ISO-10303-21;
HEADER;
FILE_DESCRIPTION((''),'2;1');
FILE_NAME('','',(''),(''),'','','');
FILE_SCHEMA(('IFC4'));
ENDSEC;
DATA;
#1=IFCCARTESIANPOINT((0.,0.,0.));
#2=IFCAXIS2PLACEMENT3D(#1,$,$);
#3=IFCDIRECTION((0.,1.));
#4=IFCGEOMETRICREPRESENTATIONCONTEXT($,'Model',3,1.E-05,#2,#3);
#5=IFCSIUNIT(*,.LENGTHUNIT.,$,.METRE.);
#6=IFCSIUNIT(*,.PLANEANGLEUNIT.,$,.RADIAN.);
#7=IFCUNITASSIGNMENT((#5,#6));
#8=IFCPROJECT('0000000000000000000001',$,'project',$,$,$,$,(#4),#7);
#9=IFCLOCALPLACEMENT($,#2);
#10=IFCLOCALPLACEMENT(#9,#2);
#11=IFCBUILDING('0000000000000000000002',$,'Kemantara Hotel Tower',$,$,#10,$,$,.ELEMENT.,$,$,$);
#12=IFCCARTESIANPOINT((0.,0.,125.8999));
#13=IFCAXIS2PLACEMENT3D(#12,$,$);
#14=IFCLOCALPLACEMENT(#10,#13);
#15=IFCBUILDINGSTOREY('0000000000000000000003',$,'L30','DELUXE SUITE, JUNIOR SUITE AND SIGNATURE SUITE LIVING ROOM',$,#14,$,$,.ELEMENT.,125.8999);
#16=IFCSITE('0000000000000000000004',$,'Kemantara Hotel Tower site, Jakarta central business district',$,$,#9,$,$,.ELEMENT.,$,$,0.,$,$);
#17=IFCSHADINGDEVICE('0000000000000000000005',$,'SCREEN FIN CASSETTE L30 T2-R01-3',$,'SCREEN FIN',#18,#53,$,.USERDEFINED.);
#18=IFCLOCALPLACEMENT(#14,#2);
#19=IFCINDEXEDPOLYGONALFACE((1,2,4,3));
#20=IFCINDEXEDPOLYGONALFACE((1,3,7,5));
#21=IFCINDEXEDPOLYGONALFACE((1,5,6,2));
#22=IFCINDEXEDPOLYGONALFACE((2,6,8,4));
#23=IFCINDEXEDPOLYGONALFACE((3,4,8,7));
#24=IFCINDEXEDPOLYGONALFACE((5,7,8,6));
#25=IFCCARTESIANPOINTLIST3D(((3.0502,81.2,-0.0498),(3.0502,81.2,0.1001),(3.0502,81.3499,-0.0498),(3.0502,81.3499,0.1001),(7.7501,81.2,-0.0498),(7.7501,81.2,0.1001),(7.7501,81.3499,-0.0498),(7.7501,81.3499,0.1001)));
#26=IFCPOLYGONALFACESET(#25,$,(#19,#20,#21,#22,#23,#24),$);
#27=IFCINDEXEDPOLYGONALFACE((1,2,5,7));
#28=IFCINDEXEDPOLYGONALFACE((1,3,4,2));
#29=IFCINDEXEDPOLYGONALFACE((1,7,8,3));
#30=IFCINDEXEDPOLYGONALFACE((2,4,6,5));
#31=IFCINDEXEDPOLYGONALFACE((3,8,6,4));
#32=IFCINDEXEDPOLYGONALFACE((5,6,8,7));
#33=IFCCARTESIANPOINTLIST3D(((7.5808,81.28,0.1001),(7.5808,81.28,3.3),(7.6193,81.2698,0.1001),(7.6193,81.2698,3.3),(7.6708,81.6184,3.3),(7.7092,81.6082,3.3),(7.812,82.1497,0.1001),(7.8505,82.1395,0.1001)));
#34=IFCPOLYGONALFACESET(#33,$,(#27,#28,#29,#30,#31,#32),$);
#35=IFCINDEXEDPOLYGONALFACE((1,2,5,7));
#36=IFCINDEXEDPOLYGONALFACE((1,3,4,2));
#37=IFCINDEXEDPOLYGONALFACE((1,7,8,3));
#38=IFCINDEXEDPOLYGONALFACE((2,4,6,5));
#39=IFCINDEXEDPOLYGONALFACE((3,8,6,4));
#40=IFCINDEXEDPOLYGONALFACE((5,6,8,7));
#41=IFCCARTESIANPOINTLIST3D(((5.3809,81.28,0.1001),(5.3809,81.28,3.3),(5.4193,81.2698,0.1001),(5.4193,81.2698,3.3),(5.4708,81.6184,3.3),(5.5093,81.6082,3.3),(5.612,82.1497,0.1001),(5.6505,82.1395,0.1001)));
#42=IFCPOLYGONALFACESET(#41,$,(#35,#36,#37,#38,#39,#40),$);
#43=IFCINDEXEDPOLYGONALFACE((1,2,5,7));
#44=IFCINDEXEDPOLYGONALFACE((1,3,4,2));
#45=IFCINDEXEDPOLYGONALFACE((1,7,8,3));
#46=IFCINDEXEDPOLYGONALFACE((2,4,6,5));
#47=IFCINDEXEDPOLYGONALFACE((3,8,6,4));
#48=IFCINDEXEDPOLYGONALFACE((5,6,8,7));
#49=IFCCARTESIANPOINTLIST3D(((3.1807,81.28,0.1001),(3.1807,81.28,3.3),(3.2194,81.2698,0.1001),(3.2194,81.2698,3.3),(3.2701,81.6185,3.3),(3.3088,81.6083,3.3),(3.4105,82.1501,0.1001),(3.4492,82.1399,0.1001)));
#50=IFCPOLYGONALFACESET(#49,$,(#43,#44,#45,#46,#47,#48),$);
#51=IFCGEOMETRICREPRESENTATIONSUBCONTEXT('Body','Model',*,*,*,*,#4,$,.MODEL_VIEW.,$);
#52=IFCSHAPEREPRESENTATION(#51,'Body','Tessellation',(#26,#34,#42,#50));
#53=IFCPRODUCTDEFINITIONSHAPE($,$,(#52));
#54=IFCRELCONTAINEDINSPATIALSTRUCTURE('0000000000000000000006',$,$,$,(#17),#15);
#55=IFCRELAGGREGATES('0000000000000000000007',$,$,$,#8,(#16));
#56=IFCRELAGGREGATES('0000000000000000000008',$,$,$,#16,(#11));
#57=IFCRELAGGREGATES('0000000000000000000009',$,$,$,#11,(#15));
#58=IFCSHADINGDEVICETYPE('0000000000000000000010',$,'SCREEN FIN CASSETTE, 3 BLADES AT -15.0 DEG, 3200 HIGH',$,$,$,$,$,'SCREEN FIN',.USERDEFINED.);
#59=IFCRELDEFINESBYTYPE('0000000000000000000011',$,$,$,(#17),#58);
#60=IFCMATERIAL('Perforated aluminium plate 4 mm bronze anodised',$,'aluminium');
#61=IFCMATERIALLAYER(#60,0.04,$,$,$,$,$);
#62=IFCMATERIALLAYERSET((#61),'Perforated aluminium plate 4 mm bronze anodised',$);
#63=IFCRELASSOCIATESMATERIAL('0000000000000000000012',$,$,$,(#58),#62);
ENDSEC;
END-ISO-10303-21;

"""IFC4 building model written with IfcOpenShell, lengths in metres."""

from ifc_helpers import new_model, si_unit, direction, frame, origin, origin_2d, place, context, subcontext, project, spatial, polyline, rectangle, outline, extrude, source, transform, mapped, material, layer, layer_set, type_object, element, save


model = new_model("IFC4")

# Units and contexts
model_context = context("Model", 3, precision=1e-05, world=origin(), true_north=direction((0.0, 1.0)))
body_context = subcontext(model_context, "Body", "Model", "MODEL_VIEW")
ifc_project = project(units=[si_unit("LENGTHUNIT", "METRE"), si_unit("PLANEANGLEUNIT", "RADIAN")], contexts=[model_context])

# Site, building, storey
site_placement = place(None, origin())
site = spatial("IfcSite", under=ifc_project, at=site_placement, Name="Kemantara Hotel Tower site, Jakarta central business district", CompositionType="ELEMENT", RefElevation=0.0)
building_placement = place(site_placement, origin())
building = spatial("IfcBuilding", under=site, at=building_placement, Name="Kemantara Hotel Tower", CompositionType="ELEMENT")
storey_placement = place(building_placement, frame((0.0, 0.0, 125.8999)))
storey = spatial("IfcBuildingStorey", under=building, at=storey_placement, Name="L30", Description="DELUXE SUITE, JUNIOR SUITE AND SIGNATURE SUITE LIVING ROOM", CompositionType="ELEMENT", Elevation=125.8999)

# Shading device
ifc_material_1 = material(Name="Perforated aluminium plate 4 mm bronze anodised", Category="aluminium")
ifc_layer_1 = layer(ifc_material_1, 0.04)
ifc_layer_set_1 = layer_set([ifc_layer_1], Name="Perforated aluminium plate 4 mm bronze anodised")
shading_device_type = type_object("IfcShadingDeviceType", Name="SCREEN FIN CASSETTE, 3 BLADES AT -15.0 DEG, 3200 HIGH", ElementType="SCREEN FIN", PredefinedType="USERDEFINED", material=ifc_layer_set_1)
shared_shape_1 = source(origin(), body_context, "Body", "SweptSolid", [
    extrude(rectangle(XDim=4.7, YDim=0.1499, at=origin_2d()), frame((2.2, -0.075, -0.1499), z_axis=(0.0, 0.0, 1.0), x_axis=(1.0, 0.0, 0.0)), (0.0, 0.0, 1.0), 0.1499),
    extrude(outline(polyline([(0.0, 0.0), (0.8999, 0.0), (0.3501, 3.2), (0.0, 3.2), (0.0, 0.0)])), frame((0.0193, -0.0801, 0.0), z_axis=(-0.966438, 0.256901, 0.0), x_axis=(-0.256901, -0.966438, 0.0)), (0.0, 0.0, 1.0), 0.0398),
    extrude(outline(polyline([(0.0, 0.0), (0.8999, 0.0), (0.3501, 3.2), (0.0, 3.2), (0.0, 0.0)])), frame((2.2192, -0.0801, 0.0), z_axis=(-0.966438, 0.256901, 0.0), x_axis=(-0.256901, -0.966438, 0.0)), (0.0, 0.0, 1.0), 0.0398),
    extrude(outline(polyline([(0.0, 0.0), (0.8999, 0.0), (0.3501, 3.2), (0.0, 3.2), (0.0, 0.0)])), frame((4.4194, -0.0801, 0.0), z_axis=(-0.966838, 0.255391, 0.0), x_axis=(-0.255391, -0.966838, 0.0)), (0.0, 0.0, 1.0), 0.04),
])
shading_device_placement = place(storey_placement, frame((7.6001, 81.2, 0.1001), z_axis=(0.0, 0.0, 1.0), x_axis=(-1.0, 0.0, 0.0)))
element("IfcShadingDevice", 1, at=shading_device_placement, inside=storey, type_object=shading_device_type, Name="SCREEN FIN CASSETTE L30 T2-R01-3", ObjectType="SCREEN FIN", PredefinedType="USERDEFINED", context=body_context, shape_type="MappedRepresentation", body=[
    mapped(shared_shape_1, transform((0.0, 0.0, 0.0))),
])

save(model, "model.ifc")
